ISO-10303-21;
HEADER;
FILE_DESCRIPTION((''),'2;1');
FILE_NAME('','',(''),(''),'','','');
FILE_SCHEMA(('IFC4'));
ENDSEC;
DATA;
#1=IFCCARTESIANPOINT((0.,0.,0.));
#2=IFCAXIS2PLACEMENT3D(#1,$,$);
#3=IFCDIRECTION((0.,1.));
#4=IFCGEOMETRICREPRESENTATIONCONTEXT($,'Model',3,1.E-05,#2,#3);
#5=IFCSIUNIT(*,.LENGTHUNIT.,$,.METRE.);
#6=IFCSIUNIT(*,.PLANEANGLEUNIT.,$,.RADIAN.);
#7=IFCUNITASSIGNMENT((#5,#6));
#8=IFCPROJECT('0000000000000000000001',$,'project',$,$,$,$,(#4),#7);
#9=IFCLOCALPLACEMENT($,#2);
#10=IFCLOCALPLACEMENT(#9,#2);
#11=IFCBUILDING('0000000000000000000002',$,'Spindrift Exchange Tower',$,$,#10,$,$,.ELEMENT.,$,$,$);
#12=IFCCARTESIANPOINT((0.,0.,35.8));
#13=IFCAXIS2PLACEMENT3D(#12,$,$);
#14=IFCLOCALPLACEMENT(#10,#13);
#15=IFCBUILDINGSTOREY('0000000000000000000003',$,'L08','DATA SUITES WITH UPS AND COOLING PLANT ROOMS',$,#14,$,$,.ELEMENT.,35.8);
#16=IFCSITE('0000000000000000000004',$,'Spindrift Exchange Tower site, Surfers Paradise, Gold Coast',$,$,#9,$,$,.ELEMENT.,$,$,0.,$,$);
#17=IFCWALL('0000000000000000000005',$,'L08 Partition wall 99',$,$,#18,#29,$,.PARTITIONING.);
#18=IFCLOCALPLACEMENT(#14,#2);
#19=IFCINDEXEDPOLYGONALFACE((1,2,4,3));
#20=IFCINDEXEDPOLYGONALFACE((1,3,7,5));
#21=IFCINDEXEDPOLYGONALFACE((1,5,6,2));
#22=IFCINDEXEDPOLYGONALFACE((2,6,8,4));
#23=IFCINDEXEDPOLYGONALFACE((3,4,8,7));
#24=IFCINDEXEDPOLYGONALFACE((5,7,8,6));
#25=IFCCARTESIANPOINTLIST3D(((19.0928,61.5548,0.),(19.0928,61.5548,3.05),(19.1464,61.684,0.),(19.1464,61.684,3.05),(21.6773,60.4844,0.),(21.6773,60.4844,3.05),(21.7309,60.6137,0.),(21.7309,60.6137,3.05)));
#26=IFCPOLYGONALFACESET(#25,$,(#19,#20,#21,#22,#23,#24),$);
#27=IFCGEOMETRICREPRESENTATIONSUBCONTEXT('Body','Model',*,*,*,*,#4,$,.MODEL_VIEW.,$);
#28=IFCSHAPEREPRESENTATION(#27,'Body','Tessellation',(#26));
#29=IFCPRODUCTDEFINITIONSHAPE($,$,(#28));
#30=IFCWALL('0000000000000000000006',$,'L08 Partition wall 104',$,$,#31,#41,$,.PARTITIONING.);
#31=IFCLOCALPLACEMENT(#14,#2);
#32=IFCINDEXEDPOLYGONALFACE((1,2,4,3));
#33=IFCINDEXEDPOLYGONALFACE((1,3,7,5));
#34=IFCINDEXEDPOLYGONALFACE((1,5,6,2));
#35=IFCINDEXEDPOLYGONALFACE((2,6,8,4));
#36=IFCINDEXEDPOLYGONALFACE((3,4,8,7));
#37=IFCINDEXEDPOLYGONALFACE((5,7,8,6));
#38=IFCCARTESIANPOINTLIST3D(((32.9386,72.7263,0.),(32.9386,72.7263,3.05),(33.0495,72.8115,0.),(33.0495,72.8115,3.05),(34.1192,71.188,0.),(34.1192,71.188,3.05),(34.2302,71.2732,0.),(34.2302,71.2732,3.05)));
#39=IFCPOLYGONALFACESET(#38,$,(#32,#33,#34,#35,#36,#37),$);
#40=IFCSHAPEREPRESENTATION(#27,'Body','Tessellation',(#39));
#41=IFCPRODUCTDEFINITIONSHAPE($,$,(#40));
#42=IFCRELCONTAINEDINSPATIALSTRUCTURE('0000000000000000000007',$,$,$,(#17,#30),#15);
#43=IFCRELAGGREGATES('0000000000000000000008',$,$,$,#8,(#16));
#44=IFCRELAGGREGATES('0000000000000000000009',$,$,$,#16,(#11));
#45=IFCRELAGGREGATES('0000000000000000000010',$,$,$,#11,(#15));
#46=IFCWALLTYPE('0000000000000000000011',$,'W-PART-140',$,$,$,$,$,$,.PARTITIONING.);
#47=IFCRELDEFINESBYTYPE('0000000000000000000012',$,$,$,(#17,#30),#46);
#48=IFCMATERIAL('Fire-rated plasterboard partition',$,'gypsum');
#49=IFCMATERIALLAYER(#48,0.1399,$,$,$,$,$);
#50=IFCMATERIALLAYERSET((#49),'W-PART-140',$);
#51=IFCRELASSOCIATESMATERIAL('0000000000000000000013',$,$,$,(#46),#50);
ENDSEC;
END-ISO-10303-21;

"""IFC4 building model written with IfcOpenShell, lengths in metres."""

from ifc_helpers import new_model, si_unit, direction, frame, frame_2d, origin, place, context, subcontext, project, spatial, rectangle, extrude, material, layer, layer_set, type_object, element, save


model = new_model("IFC4")

# Units and contexts
model_context = context("Model", 3, precision=1e-05, world=origin(), true_north=direction((0.0, 1.0)))
body_context = subcontext(model_context, "Body", "Model", "MODEL_VIEW")
ifc_project = project(units=[si_unit("LENGTHUNIT", "METRE"), si_unit("PLANEANGLEUNIT", "RADIAN")], contexts=[model_context])

# Site, building, storey
site_placement = place(None, origin())
site = spatial("IfcSite", under=ifc_project, at=site_placement, Name="Spindrift Exchange Tower site, Surfers Paradise, Gold Coast", CompositionType="ELEMENT", RefElevation=0.0)
building_placement = place(site_placement, origin())
building = spatial("IfcBuilding", under=site, at=building_placement, Name="Spindrift Exchange Tower", CompositionType="ELEMENT")
storey_placement = place(building_placement, frame((0.0, 0.0, 35.8)))
storey = spatial("IfcBuildingStorey", under=building, at=storey_placement, Name="L08", Description="DATA SUITES WITH UPS AND COOLING PLANT ROOMS", CompositionType="ELEMENT", Elevation=35.8)

# Walls
ifc_material_1 = material(Name="Fire-rated plasterboard partition", Category="gypsum")
ifc_layer_1 = layer(ifc_material_1, 0.1399)
ifc_layer_set_1 = layer_set([ifc_layer_1], Name="W-PART-140")
wall_type = type_object("IfcWallType", Name="W-PART-140", PredefinedType="PARTITIONING", material=ifc_layer_set_1)
wall_1_placement = place(storey_placement, frame((21.7041, 60.5491, 0.0), z_axis=(0.0, 0.0, 1.0), x_axis=(-0.923906, 0.382619, 0.0)))
element("IfcWall", 1, at=wall_1_placement, inside=storey, type_object=wall_type, Name="L08 Partition wall 99", PredefinedType="PARTITIONING", context=body_context, shape_type="SweptSolid", body=[
    extrude(rectangle(XDim=2.7974, YDim=0.1399, at=frame_2d((1.3987, 0.0))), origin(), (0.0, 0.0, 1.0), 3.05),
])
wall_2_placement = place(storey_placement, frame((34.1748, 71.2305, 0.0), z_axis=(0.0, 0.0, 1.0), x_axis=(-0.608846, 0.793288, 0.0)))
element("IfcWall", 2, at=wall_2_placement, inside=storey, type_object=wall_type, Name="L08 Partition wall 104", PredefinedType="PARTITIONING", context=body_context, shape_type="SweptSolid", body=[
    extrude(rectangle(XDim=1.9392, YDim=0.1399, at=frame_2d((0.9697, 0.0))), origin(), (0.0, 0.0, 1.0), 3.05),
])

save(model, "model.ifc")
